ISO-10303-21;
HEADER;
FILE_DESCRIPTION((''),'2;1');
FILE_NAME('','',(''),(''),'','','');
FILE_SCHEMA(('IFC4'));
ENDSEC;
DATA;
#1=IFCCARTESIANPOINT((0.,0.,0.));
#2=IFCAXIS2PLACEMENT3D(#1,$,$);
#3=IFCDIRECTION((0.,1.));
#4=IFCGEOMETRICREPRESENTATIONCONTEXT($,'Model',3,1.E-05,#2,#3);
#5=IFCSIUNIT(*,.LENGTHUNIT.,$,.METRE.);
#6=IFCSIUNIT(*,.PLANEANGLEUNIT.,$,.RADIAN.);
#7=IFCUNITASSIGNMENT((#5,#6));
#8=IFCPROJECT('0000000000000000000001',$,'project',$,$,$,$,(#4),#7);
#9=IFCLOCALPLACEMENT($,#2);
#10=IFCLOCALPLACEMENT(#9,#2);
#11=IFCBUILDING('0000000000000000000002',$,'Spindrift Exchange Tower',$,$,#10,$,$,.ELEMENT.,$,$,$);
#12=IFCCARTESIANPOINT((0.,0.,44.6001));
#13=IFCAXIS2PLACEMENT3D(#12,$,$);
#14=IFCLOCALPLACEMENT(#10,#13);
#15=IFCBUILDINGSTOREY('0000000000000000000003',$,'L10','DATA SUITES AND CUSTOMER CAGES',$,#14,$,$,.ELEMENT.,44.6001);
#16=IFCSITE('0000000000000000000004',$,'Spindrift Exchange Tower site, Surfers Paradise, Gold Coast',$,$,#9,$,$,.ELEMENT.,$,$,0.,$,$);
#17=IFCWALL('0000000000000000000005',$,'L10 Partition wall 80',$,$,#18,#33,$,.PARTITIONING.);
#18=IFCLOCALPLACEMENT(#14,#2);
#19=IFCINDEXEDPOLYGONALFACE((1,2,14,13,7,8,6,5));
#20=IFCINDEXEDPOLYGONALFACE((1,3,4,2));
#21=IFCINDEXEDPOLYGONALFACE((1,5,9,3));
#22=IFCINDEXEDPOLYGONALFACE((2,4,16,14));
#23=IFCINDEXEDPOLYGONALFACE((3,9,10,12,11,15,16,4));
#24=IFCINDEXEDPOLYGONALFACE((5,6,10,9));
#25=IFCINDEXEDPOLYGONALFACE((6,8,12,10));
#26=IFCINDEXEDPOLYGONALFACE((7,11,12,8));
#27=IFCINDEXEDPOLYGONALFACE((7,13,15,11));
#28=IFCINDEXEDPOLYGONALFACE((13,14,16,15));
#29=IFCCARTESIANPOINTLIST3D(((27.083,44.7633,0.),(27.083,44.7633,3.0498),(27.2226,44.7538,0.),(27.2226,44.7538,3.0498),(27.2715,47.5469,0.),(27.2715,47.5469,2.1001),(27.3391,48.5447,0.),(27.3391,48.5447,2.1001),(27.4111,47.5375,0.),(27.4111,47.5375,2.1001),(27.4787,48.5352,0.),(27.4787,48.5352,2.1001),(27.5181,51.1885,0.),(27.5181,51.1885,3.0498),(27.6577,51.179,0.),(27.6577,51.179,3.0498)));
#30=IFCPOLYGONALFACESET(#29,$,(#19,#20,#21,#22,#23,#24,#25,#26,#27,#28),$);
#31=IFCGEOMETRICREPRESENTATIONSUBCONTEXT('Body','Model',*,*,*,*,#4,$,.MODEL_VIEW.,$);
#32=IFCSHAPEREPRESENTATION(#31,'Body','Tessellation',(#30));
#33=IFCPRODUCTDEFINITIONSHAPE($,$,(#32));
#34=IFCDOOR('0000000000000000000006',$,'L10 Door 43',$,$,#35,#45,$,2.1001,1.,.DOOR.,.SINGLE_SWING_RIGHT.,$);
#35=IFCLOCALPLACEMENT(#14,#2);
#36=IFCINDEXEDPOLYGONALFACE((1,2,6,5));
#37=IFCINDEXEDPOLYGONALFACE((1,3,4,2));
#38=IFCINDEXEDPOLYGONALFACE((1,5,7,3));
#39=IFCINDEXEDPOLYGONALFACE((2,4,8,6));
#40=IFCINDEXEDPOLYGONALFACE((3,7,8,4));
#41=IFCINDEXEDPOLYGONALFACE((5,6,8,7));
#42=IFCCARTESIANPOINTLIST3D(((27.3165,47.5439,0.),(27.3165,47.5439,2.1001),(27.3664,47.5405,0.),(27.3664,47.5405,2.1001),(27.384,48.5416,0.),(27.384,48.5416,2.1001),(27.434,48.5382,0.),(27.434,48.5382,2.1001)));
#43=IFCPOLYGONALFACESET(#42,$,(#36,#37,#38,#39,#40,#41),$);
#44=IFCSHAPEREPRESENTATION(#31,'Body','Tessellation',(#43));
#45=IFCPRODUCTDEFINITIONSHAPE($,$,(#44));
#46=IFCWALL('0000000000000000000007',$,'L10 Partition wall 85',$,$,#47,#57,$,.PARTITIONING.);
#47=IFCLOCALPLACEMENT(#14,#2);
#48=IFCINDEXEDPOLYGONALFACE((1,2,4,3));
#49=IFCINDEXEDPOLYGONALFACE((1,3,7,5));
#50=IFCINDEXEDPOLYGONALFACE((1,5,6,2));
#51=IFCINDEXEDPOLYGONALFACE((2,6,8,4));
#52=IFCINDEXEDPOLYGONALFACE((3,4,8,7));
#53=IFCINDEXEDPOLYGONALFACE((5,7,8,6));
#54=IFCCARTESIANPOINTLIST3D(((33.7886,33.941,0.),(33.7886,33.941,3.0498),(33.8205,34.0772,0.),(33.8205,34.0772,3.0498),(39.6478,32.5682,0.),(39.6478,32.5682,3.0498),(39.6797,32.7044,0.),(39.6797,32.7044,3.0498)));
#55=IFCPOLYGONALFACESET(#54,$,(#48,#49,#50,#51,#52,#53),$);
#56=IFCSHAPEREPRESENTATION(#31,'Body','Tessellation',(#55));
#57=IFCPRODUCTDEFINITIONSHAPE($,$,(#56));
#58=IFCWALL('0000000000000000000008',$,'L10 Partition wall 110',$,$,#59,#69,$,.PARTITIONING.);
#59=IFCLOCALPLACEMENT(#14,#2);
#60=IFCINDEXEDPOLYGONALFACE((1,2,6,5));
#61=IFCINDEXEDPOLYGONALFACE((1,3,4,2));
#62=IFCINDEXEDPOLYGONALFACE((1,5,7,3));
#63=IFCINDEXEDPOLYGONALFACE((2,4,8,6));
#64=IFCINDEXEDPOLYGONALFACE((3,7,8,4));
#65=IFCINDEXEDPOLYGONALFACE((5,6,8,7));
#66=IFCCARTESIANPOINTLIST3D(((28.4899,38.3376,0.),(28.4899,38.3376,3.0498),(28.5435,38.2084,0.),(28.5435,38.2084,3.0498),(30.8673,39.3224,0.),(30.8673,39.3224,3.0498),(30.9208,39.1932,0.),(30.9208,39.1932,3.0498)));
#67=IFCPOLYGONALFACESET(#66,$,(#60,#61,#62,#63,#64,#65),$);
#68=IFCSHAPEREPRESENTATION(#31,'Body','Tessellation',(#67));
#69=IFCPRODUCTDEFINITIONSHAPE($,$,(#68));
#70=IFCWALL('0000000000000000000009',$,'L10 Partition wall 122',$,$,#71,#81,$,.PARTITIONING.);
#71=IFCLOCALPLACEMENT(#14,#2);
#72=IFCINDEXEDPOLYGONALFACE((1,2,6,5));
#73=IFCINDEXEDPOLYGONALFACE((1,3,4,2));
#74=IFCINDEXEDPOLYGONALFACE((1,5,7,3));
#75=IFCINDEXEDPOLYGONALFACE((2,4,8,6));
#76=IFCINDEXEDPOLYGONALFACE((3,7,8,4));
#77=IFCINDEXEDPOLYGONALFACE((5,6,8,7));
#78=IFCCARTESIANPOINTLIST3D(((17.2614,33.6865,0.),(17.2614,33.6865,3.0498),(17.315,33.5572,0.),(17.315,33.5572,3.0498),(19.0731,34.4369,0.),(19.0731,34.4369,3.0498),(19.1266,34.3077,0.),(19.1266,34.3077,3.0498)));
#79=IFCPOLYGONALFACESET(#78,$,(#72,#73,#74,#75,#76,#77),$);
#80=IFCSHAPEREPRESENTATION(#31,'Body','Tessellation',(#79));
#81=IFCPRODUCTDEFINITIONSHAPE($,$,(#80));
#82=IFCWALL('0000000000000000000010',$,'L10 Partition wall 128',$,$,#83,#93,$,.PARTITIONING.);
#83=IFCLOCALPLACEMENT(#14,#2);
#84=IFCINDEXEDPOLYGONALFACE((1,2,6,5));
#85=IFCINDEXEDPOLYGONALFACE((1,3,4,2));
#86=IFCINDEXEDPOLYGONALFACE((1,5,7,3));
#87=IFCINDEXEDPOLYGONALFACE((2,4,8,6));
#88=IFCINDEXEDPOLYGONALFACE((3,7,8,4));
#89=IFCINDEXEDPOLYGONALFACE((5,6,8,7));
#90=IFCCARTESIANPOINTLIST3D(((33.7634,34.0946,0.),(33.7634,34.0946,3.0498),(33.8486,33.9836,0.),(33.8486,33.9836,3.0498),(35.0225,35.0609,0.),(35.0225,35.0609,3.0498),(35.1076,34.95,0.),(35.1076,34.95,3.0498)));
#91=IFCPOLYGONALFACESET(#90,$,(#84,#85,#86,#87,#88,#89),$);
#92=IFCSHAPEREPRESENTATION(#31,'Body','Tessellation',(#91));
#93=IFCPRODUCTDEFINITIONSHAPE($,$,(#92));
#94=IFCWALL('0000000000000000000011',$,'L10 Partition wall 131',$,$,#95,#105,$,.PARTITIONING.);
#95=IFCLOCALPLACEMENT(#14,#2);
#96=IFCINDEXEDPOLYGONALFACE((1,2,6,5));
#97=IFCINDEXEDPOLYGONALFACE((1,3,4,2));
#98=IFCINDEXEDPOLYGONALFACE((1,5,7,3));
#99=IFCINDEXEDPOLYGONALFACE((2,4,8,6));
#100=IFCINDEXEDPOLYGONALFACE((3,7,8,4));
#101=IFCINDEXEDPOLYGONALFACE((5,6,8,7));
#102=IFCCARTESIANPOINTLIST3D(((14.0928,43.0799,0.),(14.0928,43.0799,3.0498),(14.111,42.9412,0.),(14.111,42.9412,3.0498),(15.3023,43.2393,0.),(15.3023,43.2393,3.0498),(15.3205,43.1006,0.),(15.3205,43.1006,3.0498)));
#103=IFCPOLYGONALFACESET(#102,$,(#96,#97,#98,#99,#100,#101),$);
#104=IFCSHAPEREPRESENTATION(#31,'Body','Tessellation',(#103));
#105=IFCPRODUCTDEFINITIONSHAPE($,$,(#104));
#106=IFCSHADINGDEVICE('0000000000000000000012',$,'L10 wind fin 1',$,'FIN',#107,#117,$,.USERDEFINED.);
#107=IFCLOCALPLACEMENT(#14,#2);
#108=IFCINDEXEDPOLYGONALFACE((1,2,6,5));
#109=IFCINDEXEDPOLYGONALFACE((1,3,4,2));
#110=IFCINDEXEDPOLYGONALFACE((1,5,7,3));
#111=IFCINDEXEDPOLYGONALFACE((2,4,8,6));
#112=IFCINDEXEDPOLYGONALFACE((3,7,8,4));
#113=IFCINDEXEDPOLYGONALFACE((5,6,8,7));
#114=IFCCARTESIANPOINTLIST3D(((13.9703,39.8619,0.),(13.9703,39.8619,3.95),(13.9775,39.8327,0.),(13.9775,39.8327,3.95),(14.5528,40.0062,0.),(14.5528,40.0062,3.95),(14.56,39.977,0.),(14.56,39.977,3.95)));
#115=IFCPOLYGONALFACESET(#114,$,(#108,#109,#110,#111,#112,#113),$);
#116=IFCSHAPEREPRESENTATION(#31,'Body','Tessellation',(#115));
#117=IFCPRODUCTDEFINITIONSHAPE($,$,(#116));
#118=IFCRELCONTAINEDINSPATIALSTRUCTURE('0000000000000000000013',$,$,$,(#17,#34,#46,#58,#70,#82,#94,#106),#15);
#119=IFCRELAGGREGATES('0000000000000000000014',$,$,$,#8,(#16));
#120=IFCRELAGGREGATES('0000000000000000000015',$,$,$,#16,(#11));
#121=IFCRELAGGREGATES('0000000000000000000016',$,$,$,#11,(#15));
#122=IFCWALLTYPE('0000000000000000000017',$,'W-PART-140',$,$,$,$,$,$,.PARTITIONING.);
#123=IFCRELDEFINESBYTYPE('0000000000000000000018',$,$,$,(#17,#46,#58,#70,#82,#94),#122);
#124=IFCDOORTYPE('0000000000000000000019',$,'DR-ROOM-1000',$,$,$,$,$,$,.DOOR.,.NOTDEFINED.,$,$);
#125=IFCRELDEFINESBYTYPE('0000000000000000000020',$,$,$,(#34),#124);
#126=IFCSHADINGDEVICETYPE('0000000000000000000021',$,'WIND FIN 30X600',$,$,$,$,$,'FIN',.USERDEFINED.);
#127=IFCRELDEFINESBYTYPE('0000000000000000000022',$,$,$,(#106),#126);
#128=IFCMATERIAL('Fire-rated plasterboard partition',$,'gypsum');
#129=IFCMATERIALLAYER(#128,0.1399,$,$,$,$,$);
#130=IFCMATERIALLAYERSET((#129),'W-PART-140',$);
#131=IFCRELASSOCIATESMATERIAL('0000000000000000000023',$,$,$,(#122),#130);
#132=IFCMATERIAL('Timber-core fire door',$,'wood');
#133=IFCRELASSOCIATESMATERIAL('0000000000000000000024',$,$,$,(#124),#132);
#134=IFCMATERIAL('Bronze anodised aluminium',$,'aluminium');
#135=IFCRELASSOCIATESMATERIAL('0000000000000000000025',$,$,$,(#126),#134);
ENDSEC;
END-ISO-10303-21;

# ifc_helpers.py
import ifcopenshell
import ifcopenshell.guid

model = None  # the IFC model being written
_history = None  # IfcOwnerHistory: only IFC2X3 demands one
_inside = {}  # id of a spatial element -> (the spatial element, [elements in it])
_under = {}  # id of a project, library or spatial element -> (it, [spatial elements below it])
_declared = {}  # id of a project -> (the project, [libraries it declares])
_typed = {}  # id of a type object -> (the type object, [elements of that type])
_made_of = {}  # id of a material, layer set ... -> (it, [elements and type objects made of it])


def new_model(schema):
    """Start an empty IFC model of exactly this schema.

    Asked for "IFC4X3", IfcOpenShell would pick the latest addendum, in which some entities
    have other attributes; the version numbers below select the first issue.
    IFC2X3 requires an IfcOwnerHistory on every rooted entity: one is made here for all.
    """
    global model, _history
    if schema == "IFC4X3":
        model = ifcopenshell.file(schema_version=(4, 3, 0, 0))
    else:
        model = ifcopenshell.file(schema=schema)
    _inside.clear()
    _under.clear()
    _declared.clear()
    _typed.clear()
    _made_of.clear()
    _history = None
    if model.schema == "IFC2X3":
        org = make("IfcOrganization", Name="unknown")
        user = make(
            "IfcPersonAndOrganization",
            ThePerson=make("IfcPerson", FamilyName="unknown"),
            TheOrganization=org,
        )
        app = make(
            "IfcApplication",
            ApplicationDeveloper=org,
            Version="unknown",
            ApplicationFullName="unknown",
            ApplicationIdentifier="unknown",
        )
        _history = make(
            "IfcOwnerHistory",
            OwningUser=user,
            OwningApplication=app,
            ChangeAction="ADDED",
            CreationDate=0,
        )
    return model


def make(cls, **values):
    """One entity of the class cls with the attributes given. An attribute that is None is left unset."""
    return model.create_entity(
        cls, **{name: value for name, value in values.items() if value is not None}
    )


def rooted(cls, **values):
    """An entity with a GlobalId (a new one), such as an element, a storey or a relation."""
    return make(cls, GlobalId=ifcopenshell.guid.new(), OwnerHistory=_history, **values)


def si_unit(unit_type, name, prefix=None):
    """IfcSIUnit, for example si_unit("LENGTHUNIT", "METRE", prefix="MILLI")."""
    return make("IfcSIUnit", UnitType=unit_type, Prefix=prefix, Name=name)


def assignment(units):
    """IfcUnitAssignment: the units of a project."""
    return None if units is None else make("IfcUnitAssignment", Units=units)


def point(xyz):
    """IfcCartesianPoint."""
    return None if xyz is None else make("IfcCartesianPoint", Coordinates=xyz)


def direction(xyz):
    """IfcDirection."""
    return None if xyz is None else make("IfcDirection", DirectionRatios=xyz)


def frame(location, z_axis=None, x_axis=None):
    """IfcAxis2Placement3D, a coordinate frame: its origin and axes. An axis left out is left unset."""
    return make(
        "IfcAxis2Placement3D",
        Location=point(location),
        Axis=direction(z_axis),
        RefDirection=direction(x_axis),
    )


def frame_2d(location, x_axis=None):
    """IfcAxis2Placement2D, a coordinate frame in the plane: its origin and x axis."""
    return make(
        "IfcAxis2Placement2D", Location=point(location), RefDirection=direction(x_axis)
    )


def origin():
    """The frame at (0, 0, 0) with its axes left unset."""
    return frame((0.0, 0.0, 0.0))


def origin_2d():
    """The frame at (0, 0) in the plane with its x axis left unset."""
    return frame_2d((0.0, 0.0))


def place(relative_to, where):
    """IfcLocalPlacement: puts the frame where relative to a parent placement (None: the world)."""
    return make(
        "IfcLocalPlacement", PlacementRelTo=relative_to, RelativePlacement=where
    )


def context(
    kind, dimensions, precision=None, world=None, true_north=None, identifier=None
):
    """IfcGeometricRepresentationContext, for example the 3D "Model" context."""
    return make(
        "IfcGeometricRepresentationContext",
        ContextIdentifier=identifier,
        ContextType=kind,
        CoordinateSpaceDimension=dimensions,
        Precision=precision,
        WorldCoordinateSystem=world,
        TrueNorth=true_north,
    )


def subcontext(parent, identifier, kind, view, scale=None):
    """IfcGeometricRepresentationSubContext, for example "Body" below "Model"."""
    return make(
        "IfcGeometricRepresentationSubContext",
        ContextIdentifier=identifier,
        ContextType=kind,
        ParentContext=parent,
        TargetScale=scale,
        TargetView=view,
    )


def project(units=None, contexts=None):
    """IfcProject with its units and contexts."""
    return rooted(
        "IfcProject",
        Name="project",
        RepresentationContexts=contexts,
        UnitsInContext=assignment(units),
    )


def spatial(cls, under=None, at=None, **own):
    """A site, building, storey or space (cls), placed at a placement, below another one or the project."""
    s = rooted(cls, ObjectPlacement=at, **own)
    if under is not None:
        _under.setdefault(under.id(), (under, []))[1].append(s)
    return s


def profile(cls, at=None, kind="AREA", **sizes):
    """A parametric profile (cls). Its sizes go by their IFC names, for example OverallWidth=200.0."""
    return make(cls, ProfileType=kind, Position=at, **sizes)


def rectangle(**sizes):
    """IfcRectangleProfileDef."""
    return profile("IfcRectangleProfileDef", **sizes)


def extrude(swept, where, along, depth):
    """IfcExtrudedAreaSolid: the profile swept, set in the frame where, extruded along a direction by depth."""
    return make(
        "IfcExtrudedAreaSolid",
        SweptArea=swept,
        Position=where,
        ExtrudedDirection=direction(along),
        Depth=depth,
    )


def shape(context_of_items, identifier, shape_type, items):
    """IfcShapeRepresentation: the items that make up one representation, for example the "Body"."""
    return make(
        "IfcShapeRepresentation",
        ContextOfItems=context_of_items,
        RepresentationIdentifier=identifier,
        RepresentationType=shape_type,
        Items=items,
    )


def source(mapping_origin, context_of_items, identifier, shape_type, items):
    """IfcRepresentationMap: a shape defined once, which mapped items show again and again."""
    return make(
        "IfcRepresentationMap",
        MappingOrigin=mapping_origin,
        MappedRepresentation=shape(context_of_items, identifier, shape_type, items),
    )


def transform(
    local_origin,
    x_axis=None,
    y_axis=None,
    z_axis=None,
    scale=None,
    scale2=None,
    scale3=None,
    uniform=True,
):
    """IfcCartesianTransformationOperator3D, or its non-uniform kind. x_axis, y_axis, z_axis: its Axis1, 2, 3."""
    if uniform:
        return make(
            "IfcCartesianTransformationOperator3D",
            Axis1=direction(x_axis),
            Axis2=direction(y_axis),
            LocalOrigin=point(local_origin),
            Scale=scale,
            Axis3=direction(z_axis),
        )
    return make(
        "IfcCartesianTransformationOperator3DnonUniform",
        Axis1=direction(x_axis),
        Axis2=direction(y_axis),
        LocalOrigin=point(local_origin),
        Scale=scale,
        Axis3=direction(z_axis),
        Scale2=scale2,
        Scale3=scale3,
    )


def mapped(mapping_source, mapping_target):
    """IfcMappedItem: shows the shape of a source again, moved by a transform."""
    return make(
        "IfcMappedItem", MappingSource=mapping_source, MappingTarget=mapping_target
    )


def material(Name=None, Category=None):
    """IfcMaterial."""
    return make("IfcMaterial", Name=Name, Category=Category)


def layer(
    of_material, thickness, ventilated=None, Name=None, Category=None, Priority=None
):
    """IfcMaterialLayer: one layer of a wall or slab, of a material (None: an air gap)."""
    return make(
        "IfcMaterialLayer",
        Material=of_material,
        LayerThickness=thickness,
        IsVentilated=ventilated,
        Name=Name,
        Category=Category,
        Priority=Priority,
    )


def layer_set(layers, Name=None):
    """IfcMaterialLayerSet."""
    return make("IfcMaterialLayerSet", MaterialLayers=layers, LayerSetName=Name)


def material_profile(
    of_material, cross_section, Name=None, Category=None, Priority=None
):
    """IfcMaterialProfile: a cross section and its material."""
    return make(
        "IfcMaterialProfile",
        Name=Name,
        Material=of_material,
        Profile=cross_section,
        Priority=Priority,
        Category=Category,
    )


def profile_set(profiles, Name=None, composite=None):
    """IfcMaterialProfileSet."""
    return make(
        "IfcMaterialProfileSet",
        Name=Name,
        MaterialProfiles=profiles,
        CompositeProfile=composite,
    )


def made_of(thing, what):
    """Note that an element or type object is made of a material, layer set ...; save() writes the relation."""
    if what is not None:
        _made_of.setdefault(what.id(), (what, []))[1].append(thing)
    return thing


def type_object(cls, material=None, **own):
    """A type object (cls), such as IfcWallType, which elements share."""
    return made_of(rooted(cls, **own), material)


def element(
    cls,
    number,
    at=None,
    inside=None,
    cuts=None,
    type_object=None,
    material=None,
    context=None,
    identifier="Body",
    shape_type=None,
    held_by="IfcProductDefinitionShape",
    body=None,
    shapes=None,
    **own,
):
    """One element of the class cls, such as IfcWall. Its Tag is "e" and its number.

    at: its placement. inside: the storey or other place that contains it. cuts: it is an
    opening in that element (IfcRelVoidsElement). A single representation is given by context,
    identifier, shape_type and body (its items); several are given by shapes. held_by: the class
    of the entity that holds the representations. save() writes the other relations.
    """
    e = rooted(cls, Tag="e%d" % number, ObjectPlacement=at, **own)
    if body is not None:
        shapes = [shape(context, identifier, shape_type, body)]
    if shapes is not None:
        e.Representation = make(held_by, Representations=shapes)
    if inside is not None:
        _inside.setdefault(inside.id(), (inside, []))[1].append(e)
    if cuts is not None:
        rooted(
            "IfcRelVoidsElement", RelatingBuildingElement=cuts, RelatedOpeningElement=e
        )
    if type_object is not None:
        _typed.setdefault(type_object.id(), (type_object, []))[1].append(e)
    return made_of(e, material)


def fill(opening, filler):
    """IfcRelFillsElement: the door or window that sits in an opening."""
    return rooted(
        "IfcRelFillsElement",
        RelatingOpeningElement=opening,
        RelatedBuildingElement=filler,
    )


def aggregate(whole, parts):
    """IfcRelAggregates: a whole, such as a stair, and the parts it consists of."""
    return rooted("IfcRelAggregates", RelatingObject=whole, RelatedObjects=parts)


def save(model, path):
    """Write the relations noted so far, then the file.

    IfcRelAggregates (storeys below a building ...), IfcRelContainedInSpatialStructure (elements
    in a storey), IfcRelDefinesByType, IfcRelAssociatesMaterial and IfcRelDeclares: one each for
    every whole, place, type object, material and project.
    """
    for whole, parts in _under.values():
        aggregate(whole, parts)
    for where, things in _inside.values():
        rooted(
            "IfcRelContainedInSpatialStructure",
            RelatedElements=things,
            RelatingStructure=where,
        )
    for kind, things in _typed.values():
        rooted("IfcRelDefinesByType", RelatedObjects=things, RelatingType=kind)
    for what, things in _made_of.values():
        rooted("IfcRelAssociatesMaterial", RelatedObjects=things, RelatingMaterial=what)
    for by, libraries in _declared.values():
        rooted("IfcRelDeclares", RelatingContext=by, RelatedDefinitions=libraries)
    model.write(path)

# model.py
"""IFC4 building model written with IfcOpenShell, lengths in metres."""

from ifc_helpers import new_model, si_unit, direction, frame, frame_2d, origin, origin_2d, place, context, subcontext, project, spatial, rectangle, extrude, source, transform, mapped, material, layer, layer_set, material_profile, profile_set, type_object, element, fill, save


model = new_model("IFC4")

# Units and contexts
model_context = context("Model", 3, precision=1e-05, world=origin(), true_north=direction((0.0, 1.0)))
body_context = subcontext(model_context, "Body", "Model", "MODEL_VIEW")
ifc_project = project(units=[si_unit("LENGTHUNIT", "METRE"), si_unit("PLANEANGLEUNIT", "RADIAN")], contexts=[model_context])

# Site, building, storey
site_placement = place(None, origin())
site = spatial("IfcSite", under=ifc_project, at=site_placement, Name="Spindrift Exchange Tower site, Surfers Paradise, Gold Coast", CompositionType="ELEMENT", RefElevation=0.0)
building_placement = place(site_placement, origin())
building = spatial("IfcBuilding", under=site, at=building_placement, Name="Spindrift Exchange Tower", CompositionType="ELEMENT")
storey_placement = place(building_placement, frame((0.0, 0.0, 44.6001)))
storey = spatial("IfcBuildingStorey", under=building, at=storey_placement, Name="L10", Description="DATA SUITES AND CUSTOMER CAGES", CompositionType="ELEMENT", Elevation=44.6001)

# Shared definitions
ifc_material_1 = material(Name="Bronze anodised aluminium", Category="aluminium")

# Shared definitions
ifc_material_2 = material(Name="Fire-rated plasterboard partition", Category="gypsum")
ifc_layer_1 = layer(ifc_material_2, 0.1399)
ifc_layer_set_1 = layer_set([ifc_layer_1], Name="W-PART-140")
wall_type = type_object("IfcWallType", Name="W-PART-140", PredefinedType="PARTITIONING", material=ifc_layer_set_1)

# Shared definitions
ifc_material_3 = material(Name="Timber-core fire door", Category="wood")
door_type = type_object("IfcDoorType", Name="DR-ROOM-1000", OperationType="NOTDEFINED", PredefinedType="DOOR", material=ifc_material_3)
shared_shape_1 = source(origin(), body_context, "Body", "SweptSolid", [
    extrude(rectangle(XDim=1.0, YDim=2.1001, at=frame_2d((0.5, 1.05))), frame((0.0, 0.0249, 0.0), z_axis=(0.0, -1.0, 0.0), x_axis=(1.0, 0.0, 0.0)), (0.0, 0.0, 1.0), 0.05),
])

# Wall, opening, door
wall_1_placement = place(storey_placement, frame((27.1528, 44.7585, 0.0), z_axis=(0.0, 0.0, 1.0), x_axis=(0.067556, 0.997716, 0.0)))
wall_1 = element("IfcWall", 1, at=wall_1_placement, inside=storey, type_object=wall_type, Name="L10 Partition wall 80", PredefinedType="PARTITIONING", context=body_context, shape_type="SweptSolid", body=[
    extrude(rectangle(XDim=6.4399, YDim=0.1399, at=frame_2d((3.22, 0.0))), origin(), (0.0, 0.0, 1.0), 3.0498),
])
opening_1_placement = place(wall_1_placement, frame((2.79, 0.0, 0.0)))
opening_1 = element("IfcOpeningElement", 2, at=opening_1_placement, cuts=wall_1, PredefinedType="OPENING", context=body_context, shape_type="SweptSolid", body=[
    extrude(rectangle(XDim=1.0, YDim=2.1001, at=frame_2d((0.5, 1.05))), frame((0.0, 0.0798, 0.0), z_axis=(0.0, -1.0, 0.0), x_axis=(1.0, 0.0, 0.0)), (0.0, 0.0, 1.0), 0.1599),
])
door_1_placement = place(opening_1_placement, origin())
door_1 = element("IfcDoor", 3, at=door_1_placement, inside=storey, type_object=door_type, Name="L10 Door 43", OperationType="SINGLE_SWING_RIGHT", OverallHeight=2.1001, OverallWidth=1.0, PredefinedType="DOOR", context=body_context, shape_type="MappedRepresentation", body=[
    mapped(shared_shape_1, transform((0.0, 0.0, 0.0), scale=1.0)),
])
fill(opening_1, door_1)

# Walls
wall_2_placement = place(storey_placement, frame((33.8047, 34.009, 0.0), z_axis=(0.0, 0.0, 1.0), x_axis=(0.973632, -0.228123, 0.0)))
element("IfcWall", 4, at=wall_2_placement, inside=storey, type_object=wall_type, Name="L10 Partition wall 85", PredefinedType="PARTITIONING", context=body_context, shape_type="SweptSolid", body=[
    extrude(rectangle(XDim=6.0178, YDim=0.1399, at=frame_2d((3.0088, 0.0))), origin(), (0.0, 0.0, 1.0), 3.0498),
])
wall_3_placement = place(storey_placement, frame((30.894, 39.2578, 0.0), z_axis=(0.0, 0.0, 1.0), x_axis=(-0.923867, -0.382715, 0.0)))
element("IfcWall", 5, at=wall_3_placement, inside=storey, type_object=wall_type, Name="L10 Partition wall 110", PredefinedType="PARTITIONING", context=body_context, shape_type="SweptSolid", body=[
    extrude(rectangle(XDim=2.5732, YDim=0.1399, at=frame_2d((1.2866, 0.0))), origin(), (0.0, 0.0, 1.0), 3.0498),
])
wall_4_placement = place(storey_placement, frame((19.0999, 34.3723, 0.0), z_axis=(0.0, 0.0, 1.0), x_axis=(-0.923874, -0.382696, 0.0)))
element("IfcWall", 6, at=wall_4_placement, inside=storey, type_object=wall_type, Name="L10 Partition wall 122", PredefinedType="PARTITIONING", context=body_context, shape_type="SweptSolid", body=[
    extrude(rectangle(XDim=1.9609, YDim=0.1399, at=frame_2d((0.9805, 0.0))), origin(), (0.0, 0.0, 1.0), 3.0498),
])
wall_5_placement = place(storey_placement, frame((35.0649, 35.0054, 0.0), z_axis=(0.0, 0.0, 1.0), x_axis=(-0.793287, -0.608848, 0.0)))
element("IfcWall", 7, at=wall_5_placement, inside=storey, type_object=wall_type, Name="L10 Partition wall 128", PredefinedType="PARTITIONING", context=body_context, shape_type="SweptSolid", body=[
    extrude(rectangle(XDim=1.5872, YDim=0.1399, at=frame_2d((0.7935, 0.0))), origin(), (0.0, 0.0, 1.0), 3.0498),
])
wall_6_placement = place(storey_placement, frame((15.3113, 43.1699, 0.0), z_axis=(0.0, 0.0, 1.0), x_axis=(-0.991424, -0.130682, 0.0)))
element("IfcWall", 8, at=wall_6_placement, inside=storey, type_object=wall_type, Name="L10 Partition wall 131", PredefinedType="PARTITIONING", context=body_context, shape_type="SweptSolid", body=[
    extrude(rectangle(XDim=1.22, YDim=0.1399, at=frame_2d((0.6099, 0.0))), origin(), (0.0, 0.0, 1.0), 3.0498),
])

# Shading device
ifc_material_profile_1 = material_profile(ifc_material_1, rectangle(XDim=0.03, YDim=0.6001, at=origin_2d()), Name="WIND FIN 30X600")
ifc_profile_set_1 = profile_set([ifc_material_profile_1], Name="Bronze anodised aluminium")
shading_device_type = type_object("IfcShadingDeviceType", Name="WIND FIN 30X600", ElementType="FIN", PredefinedType="USERDEFINED", material=ifc_profile_set_1)
shared_shape_2 = source(origin(), body_context, "Body", "SweptSolid", [
    extrude(rectangle(XDim=0.03, YDim=0.6001, at=origin_2d()), origin(), (0.0, 0.0, 1.0), 3.95),
])
shading_device_placement = place(storey_placement, frame((14.2651, 39.9194, 0.0), z_axis=(0.0, 0.0, 1.0), x_axis=(0.240475, -0.970655, 0.0)))
element("IfcShadingDevice", 9, at=shading_device_placement, inside=storey, type_object=shading_device_type, Name="L10 wind fin 1", ObjectType="FIN", PredefinedType="USERDEFINED", context=body_context, shape_type="MappedRepresentation", body=[
    mapped(shared_shape_2, transform((0.0, 0.0, 0.0), scale=1.0)),
])

save(model, "model.ifc")
